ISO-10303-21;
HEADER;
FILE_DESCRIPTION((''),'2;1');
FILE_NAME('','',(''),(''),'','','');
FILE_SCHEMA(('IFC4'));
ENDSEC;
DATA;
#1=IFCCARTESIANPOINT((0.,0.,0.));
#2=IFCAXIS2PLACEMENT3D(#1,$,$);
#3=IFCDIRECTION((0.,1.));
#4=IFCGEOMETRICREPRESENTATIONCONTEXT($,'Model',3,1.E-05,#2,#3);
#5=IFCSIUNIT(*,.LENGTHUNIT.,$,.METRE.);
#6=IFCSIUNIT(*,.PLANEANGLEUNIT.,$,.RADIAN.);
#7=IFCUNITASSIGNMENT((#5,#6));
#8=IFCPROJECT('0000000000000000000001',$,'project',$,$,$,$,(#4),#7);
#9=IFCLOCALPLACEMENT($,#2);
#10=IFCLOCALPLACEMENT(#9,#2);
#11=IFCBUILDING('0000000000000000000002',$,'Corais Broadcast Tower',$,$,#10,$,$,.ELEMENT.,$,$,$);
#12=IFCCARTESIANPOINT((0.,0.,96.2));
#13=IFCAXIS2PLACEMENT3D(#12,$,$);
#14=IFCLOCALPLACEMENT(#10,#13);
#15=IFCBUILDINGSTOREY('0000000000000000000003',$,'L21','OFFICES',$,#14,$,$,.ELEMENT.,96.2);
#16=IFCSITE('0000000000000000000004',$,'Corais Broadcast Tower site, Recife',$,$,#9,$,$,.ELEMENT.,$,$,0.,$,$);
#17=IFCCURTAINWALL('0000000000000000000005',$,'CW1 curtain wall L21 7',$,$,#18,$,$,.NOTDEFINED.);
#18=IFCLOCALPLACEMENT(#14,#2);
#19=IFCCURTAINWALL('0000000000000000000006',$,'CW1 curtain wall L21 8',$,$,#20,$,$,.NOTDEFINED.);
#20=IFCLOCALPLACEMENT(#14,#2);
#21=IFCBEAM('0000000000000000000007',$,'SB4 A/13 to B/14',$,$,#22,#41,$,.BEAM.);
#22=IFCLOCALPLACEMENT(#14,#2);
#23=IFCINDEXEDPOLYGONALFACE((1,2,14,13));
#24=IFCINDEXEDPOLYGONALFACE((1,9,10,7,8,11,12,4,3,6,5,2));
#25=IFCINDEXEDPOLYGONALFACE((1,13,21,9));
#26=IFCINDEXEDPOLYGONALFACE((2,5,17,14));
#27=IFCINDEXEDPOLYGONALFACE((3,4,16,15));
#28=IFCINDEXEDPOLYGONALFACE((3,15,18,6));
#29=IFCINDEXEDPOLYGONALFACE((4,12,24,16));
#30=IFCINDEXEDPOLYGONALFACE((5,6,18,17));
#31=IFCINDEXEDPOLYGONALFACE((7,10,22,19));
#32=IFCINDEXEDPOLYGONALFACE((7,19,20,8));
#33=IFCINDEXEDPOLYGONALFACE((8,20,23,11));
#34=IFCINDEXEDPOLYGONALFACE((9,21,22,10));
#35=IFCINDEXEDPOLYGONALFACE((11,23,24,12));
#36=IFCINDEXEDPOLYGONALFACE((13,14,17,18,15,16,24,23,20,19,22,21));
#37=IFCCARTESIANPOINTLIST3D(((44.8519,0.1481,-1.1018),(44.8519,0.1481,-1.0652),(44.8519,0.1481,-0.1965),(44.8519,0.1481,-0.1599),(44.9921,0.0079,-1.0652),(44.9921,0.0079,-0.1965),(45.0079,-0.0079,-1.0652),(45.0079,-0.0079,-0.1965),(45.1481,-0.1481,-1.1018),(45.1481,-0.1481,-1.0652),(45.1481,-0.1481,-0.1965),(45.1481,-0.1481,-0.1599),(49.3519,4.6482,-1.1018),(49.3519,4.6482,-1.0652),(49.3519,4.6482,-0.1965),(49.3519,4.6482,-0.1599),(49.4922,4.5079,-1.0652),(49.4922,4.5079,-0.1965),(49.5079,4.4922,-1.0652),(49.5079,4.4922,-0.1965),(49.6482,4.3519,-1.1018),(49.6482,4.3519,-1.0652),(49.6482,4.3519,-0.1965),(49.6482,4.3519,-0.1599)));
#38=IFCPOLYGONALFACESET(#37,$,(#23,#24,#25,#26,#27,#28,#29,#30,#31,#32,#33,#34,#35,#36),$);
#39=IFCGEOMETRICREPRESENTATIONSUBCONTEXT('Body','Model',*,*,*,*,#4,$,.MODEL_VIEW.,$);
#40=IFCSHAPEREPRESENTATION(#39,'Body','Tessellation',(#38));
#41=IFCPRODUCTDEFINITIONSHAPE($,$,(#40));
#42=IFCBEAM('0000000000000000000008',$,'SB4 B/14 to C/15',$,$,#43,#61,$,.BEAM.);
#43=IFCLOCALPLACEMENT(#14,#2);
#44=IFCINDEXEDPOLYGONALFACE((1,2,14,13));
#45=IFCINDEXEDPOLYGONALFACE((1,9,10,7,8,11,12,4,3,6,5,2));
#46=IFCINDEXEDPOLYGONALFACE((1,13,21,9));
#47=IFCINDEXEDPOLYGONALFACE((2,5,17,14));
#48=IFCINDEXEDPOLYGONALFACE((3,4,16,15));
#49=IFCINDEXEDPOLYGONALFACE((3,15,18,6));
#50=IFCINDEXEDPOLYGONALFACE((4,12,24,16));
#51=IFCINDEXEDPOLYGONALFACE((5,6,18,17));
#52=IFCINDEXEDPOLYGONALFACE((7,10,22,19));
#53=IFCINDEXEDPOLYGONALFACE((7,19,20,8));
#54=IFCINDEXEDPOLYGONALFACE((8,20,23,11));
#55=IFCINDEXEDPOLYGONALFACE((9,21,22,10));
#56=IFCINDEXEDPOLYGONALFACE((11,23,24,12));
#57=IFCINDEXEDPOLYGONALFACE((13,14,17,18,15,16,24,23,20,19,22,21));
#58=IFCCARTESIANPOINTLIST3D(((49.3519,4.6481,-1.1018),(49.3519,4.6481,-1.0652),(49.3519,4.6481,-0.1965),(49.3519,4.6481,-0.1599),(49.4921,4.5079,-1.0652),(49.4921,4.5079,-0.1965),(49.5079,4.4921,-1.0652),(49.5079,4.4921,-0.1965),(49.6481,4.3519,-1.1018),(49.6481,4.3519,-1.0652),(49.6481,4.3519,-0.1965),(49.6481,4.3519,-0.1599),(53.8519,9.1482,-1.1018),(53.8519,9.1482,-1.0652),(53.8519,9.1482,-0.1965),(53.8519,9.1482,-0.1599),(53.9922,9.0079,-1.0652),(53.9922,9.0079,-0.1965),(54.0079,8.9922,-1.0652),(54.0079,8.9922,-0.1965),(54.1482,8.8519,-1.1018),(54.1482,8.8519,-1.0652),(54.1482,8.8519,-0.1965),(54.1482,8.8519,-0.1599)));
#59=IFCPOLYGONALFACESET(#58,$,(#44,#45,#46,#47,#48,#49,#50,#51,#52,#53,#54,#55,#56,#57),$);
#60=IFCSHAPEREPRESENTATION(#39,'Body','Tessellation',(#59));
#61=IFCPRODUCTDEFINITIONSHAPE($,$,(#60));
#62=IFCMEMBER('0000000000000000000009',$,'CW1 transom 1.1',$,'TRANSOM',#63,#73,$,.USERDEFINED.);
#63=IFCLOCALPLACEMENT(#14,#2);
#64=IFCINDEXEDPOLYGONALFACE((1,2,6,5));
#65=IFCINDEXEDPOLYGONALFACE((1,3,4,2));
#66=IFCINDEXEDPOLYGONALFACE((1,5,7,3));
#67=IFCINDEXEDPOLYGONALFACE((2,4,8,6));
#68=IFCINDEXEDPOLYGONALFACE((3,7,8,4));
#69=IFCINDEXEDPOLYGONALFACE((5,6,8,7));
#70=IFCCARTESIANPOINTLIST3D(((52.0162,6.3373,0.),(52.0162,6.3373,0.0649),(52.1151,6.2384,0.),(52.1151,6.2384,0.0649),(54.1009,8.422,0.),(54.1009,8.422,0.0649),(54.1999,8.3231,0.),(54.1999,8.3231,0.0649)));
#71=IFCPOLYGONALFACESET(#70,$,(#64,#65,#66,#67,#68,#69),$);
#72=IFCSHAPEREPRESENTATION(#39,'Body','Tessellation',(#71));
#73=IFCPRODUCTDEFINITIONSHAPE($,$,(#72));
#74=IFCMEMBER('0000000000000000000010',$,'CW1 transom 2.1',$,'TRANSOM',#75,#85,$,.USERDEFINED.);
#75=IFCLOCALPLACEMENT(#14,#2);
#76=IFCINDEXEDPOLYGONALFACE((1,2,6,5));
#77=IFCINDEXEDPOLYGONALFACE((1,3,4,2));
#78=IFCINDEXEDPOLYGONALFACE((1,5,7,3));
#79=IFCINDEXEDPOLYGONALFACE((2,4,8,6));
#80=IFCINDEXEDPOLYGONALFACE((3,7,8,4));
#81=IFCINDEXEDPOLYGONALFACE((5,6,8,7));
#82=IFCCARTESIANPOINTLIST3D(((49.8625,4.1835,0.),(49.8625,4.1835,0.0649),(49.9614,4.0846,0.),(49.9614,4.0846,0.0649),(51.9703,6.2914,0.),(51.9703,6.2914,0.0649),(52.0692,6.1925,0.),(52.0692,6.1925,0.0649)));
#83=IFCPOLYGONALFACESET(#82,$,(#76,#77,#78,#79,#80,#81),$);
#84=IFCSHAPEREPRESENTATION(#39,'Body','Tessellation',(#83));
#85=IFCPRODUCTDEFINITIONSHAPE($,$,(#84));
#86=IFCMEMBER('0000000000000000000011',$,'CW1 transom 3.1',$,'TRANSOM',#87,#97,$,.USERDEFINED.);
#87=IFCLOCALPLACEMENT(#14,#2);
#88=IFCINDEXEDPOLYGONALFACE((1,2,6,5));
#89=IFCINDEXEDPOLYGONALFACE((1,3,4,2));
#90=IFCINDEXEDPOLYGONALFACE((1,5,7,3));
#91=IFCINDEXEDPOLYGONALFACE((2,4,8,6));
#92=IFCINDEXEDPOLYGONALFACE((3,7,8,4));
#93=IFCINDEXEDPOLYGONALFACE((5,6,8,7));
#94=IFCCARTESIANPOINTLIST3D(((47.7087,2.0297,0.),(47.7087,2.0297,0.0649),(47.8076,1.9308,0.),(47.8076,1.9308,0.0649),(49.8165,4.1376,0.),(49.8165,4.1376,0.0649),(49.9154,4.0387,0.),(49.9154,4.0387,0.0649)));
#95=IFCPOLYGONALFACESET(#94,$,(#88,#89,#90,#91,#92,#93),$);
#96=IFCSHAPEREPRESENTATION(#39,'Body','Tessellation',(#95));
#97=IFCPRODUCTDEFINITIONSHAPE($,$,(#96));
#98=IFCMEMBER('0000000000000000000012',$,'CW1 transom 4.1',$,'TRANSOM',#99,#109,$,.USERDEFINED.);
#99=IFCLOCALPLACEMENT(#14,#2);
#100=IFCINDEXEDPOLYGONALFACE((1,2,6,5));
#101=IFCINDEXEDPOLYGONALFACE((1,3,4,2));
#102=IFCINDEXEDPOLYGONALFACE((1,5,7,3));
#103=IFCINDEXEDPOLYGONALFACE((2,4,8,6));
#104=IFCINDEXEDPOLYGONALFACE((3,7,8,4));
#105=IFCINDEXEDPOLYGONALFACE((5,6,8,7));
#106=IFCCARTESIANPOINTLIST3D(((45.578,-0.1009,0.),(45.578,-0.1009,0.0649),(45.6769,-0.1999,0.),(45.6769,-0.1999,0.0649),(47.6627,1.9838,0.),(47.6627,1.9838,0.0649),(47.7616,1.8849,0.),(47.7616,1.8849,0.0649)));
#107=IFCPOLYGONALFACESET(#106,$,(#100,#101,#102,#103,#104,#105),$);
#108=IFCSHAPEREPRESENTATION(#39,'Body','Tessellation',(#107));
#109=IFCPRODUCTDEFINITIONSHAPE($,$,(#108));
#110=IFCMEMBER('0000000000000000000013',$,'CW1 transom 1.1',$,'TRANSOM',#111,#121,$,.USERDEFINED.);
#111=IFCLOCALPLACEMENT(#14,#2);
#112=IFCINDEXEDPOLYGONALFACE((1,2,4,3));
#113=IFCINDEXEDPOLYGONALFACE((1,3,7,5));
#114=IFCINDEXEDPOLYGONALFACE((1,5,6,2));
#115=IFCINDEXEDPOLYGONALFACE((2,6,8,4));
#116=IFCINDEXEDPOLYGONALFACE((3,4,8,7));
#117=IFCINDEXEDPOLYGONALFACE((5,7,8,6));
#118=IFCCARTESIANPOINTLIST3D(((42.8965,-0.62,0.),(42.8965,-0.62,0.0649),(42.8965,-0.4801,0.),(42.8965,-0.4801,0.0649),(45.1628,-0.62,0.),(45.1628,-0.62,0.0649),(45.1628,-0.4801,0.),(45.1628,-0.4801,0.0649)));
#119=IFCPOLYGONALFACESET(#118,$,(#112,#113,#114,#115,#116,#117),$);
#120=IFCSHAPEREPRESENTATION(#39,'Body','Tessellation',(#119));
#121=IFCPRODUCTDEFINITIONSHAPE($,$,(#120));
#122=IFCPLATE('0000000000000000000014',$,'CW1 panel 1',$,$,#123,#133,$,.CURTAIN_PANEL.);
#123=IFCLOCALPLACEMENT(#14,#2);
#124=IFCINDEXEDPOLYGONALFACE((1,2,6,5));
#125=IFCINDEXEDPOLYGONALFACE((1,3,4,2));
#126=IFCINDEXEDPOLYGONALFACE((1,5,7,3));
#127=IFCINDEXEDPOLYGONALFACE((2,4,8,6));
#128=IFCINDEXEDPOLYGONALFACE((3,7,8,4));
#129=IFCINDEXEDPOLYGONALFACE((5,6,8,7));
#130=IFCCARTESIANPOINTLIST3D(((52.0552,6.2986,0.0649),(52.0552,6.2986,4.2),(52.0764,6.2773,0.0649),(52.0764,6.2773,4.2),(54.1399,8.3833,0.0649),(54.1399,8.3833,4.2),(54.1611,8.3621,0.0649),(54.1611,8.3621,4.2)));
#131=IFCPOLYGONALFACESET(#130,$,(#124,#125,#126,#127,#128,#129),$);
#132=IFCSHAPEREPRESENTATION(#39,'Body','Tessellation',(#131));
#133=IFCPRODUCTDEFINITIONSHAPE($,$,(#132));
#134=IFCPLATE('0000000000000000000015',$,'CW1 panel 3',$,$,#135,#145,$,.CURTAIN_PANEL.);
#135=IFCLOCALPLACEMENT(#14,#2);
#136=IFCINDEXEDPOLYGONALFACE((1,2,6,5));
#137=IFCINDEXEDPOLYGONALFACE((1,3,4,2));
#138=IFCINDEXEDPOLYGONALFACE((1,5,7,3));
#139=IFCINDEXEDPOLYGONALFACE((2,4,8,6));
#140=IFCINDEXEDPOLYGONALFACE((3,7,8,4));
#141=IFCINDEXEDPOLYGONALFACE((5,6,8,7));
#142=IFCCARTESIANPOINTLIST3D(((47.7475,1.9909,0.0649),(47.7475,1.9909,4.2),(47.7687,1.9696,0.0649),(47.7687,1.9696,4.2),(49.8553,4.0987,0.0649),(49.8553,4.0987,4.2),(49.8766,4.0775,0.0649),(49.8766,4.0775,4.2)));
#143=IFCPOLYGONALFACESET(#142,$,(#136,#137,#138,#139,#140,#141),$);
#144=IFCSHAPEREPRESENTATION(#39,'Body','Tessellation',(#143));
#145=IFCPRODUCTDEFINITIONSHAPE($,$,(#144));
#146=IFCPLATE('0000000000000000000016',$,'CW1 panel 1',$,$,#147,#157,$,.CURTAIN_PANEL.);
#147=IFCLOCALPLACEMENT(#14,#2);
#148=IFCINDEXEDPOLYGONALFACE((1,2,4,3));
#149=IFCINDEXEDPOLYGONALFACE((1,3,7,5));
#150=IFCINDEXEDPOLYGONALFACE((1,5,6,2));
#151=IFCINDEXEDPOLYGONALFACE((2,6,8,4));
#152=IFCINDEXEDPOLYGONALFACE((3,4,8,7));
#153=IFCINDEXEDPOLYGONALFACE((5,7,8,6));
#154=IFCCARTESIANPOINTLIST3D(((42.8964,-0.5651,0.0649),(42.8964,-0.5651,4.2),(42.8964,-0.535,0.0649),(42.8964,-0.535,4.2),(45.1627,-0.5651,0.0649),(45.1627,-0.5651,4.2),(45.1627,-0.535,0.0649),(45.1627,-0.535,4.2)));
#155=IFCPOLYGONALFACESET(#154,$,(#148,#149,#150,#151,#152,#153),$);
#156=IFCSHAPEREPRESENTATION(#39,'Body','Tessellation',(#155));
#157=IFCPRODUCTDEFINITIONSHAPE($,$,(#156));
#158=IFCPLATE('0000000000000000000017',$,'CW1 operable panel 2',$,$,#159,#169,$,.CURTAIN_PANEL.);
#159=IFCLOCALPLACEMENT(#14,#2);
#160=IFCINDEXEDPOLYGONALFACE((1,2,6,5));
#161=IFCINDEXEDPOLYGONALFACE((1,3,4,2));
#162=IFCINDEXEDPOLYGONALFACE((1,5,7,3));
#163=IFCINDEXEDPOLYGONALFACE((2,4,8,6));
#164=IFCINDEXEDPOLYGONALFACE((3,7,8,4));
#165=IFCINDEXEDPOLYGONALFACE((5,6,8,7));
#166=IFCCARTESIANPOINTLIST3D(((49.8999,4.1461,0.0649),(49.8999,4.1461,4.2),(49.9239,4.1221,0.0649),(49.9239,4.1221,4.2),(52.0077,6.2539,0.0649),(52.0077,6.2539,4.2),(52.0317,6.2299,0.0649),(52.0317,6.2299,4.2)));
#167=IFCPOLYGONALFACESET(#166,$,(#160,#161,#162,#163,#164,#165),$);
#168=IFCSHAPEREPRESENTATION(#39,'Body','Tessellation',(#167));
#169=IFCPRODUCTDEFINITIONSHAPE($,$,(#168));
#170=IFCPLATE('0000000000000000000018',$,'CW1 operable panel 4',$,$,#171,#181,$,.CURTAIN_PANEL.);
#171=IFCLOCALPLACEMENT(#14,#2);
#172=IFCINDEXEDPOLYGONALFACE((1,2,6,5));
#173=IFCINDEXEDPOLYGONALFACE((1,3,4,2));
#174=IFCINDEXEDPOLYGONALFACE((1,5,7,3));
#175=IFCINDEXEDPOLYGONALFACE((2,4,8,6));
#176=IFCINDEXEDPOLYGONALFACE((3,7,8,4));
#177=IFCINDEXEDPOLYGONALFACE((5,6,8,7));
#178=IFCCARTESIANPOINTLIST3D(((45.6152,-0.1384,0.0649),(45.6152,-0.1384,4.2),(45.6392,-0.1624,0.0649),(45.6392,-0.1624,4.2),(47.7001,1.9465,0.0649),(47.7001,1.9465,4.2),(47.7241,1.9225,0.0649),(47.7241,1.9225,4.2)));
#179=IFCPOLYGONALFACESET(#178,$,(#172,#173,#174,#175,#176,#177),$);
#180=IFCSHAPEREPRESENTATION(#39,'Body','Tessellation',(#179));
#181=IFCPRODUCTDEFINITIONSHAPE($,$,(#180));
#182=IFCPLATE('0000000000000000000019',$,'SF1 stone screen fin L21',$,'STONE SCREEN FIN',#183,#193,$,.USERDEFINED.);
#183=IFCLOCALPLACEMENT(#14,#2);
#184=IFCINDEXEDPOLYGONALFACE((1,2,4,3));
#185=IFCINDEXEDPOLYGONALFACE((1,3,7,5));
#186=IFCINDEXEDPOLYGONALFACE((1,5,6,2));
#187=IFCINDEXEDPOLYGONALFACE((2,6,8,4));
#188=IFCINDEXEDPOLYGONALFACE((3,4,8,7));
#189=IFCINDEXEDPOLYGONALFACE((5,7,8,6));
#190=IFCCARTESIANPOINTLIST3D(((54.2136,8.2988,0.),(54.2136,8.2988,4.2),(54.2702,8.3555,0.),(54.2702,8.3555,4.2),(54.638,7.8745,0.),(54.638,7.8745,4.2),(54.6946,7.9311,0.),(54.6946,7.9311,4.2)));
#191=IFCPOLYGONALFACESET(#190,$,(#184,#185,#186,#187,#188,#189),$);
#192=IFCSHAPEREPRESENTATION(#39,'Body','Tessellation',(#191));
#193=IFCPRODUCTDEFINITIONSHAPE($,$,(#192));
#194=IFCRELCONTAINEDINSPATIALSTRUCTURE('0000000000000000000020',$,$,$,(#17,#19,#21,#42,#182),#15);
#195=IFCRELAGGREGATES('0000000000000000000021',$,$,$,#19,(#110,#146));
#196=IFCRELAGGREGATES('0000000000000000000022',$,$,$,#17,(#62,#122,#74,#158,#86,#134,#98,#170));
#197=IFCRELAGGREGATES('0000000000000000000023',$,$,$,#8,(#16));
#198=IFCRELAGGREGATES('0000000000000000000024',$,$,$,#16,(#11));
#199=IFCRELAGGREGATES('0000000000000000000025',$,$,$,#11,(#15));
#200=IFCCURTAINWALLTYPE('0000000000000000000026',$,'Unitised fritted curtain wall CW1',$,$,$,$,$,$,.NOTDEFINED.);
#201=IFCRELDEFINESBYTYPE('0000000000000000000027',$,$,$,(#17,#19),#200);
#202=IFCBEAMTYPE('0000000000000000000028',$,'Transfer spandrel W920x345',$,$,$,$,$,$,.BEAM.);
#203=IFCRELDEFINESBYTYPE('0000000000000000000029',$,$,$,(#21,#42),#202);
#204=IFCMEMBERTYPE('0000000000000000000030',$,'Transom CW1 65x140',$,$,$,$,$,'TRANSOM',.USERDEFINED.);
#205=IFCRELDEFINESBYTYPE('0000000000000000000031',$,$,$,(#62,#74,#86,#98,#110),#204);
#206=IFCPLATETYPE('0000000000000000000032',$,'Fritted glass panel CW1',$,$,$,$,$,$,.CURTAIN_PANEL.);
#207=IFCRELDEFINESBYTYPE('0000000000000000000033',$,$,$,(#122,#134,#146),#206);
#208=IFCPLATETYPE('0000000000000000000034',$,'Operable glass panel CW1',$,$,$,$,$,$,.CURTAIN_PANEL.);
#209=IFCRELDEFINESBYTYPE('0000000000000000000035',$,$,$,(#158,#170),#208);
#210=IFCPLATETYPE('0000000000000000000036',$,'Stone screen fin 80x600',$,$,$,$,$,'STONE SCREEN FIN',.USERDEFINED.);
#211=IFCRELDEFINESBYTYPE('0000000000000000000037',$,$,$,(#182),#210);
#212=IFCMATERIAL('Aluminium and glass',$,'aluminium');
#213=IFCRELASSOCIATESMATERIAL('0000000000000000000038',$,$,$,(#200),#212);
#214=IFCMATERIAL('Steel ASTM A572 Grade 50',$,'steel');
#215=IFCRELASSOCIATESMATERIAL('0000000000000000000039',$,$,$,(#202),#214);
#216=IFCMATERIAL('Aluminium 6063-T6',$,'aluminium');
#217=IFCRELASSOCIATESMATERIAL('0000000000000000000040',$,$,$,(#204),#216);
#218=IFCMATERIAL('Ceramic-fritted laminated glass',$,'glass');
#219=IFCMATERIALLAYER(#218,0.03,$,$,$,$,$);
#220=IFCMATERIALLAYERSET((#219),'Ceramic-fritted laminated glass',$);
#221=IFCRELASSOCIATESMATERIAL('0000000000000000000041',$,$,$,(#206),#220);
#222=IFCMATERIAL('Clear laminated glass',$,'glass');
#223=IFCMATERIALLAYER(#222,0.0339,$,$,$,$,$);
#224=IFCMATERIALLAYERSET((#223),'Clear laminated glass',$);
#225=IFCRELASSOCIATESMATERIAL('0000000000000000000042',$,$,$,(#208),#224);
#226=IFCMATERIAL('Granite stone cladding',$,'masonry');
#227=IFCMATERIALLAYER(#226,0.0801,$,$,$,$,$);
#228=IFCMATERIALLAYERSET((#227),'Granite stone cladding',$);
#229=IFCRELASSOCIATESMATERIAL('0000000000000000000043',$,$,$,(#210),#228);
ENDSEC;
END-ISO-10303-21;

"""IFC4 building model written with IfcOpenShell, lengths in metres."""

from ifc_helpers import new_model, si_unit, direction, frame, origin, origin_2d, place, context, subcontext, project, spatial, rectangle, i_section, extrude, material, layer, layer_set, material_profile, profile_set, type_object, element, aggregate, save


model = new_model("IFC4")

# Units and contexts
model_context = context("Model", 3, precision=1e-05, world=origin(), true_north=direction((0.0, 1.0)))
body_context = subcontext(model_context, "Body", "Model", "MODEL_VIEW")
ifc_project = project(units=[si_unit("LENGTHUNIT", "METRE"), si_unit("PLANEANGLEUNIT", "RADIAN")], contexts=[model_context])

# Site, building, storey
site_placement = place(None, origin())
site = spatial("IfcSite", under=ifc_project, at=site_placement, Name="Corais Broadcast Tower site, Recife", CompositionType="ELEMENT", RefElevation=0.0)
building_placement = place(site_placement, origin())
building = spatial("IfcBuilding", under=site, at=building_placement, Name="Corais Broadcast Tower", CompositionType="ELEMENT")
storey_placement = place(building_placement, frame((0.0, 0.0, 96.2)))
storey = spatial("IfcBuildingStorey", under=building, at=storey_placement, Name="L21", Description="OFFICES", CompositionType="ELEMENT", Elevation=96.2)

# Shared definitions
ifc_material_1 = material(Name="Aluminium and glass", Category="aluminium")
curtain_wall_type = type_object("IfcCurtainWallType", Name="Unitised fritted curtain wall CW1", PredefinedType="NOTDEFINED", material=ifc_material_1)

# Curtain wall
curtain_wall_1_placement = place(storey_placement, origin())
curtain_wall_1 = element("IfcCurtainWall", 1, at=curtain_wall_1_placement, inside=storey, type_object=curtain_wall_type, Name="CW1 curtain wall L21 7", PredefinedType="NOTDEFINED")

# Curtain wall
curtain_wall_2_placement = place(storey_placement, origin())
curtain_wall_2 = element("IfcCurtainWall", 2, at=curtain_wall_2_placement, inside=storey, type_object=curtain_wall_type, Name="CW1 curtain wall L21 8", PredefinedType="NOTDEFINED")

# Beams
ifc_material_2 = material(Name="Steel ASTM A572 Grade 50", Category="steel")
ifc_material_profile_1 = material_profile(ifc_material_2, i_section(OverallWidth=0.4189, OverallDepth=0.9419, WebThickness=0.0222, FlangeThickness=0.0366, at=origin_2d()), Name="W920x345")
ifc_profile_set_1 = profile_set([ifc_material_profile_1], Name="Steel ASTM A572 Grade 50")
beam_type_1 = type_object("IfcBeamType", Name="Transfer spandrel W920x345", PredefinedType="BEAM", material=ifc_profile_set_1)
for number, where, z_axis, x_axis, name in (
    (3, (45.0, 0.0, -0.6309), (0.707107, 0.707107, 0.0), (-0.707107, 0.707107, 0.0), "SB4 A/13 to B/14"),
    (4, (49.5, 4.5, -0.6309), (0.707107, 0.707107, 0.0), (-0.707107, 0.707107, 0.0), "SB4 B/14 to C/15"),
):
    element("IfcBeam", number, at=place(storey_placement, frame(where, z_axis=z_axis, x_axis=x_axis)), inside=storey, type_object=beam_type_1, Name=name, PredefinedType="BEAM", context=body_context, shape_type="SweptSolid", body=[
        extrude(i_section(OverallWidth=0.4189, OverallDepth=0.9419, WebThickness=0.0222, FlangeThickness=0.0366, at=origin_2d()), origin(), (0.0, 0.0, 1.0), 6.364),
    ])

# Members
ifc_material_3 = material(Name="Aluminium 6063-T6", Category="aluminium")
ifc_material_profile_2 = material_profile(ifc_material_3, rectangle(XDim=0.1399, YDim=0.0649, at=origin_2d()), Name="Transom CW1 65x140")
ifc_profile_set_2 = profile_set([ifc_material_profile_2], Name="Aluminium 6063-T6")
member_type_1 = type_object("IfcMemberType", Name="Transom CW1 65x140", ElementType="TRANSOM", PredefinedType="USERDEFINED", material=ifc_profile_set_2)
member_1_placement = place(storey_placement, frame((54.1504, 8.3726, 0.0325), z_axis=(-0.707107, -0.707107, 0.0), x_axis=(0.707107, -0.707107, 0.0)))
member_1 = element("IfcMember", 5, at=member_1_placement, type_object=member_type_1, Name="CW1 transom 1.1", ObjectType="TRANSOM", PredefinedType="USERDEFINED", context=body_context, shape_type="SweptSolid", body=[
    extrude(rectangle(XDim=0.1399, YDim=0.0649, at=origin_2d()), origin(), (0.0, 0.0, 1.0), 2.9482),
])
member_2_placement = place(storey_placement, frame((52.0198, 6.2419, 0.0325), z_axis=(-0.707107, -0.707107, 0.0), x_axis=(0.707107, -0.707107, 0.0)))
member_2 = element("IfcMember", 6, at=member_2_placement, type_object=member_type_1, Name="CW1 transom 2.1", ObjectType="TRANSOM", PredefinedType="USERDEFINED", context=body_context, shape_type="SweptSolid", body=[
    extrude(rectangle(XDim=0.1399, YDim=0.0649, at=origin_2d()), origin(), (0.0, 0.0, 1.0), 2.981),
])
member_3_placement = place(storey_placement, frame((49.866, 4.0881, 0.0325), z_axis=(-0.707107, -0.707107, 0.0), x_axis=(0.707107, -0.707107, 0.0)))
member_3 = element("IfcMember", 7, at=member_3_placement, type_object=member_type_1, Name="CW1 transom 3.1", ObjectType="TRANSOM", PredefinedType="USERDEFINED", context=body_context, shape_type="SweptSolid", body=[
    extrude(rectangle(XDim=0.1399, YDim=0.0649, at=origin_2d()), origin(), (0.0, 0.0, 1.0), 2.981),
])
member_4_placement = place(storey_placement, frame((47.7122, 1.9343, 0.0325), z_axis=(-0.707107, -0.707107, 0.0), x_axis=(0.707107, -0.707107, 0.0)))
member_4 = element("IfcMember", 8, at=member_4_placement, type_object=member_type_1, Name="CW1 transom 4.1", ObjectType="TRANSOM", PredefinedType="USERDEFINED", context=body_context, shape_type="SweptSolid", body=[
    extrude(rectangle(XDim=0.1399, YDim=0.0649, at=origin_2d()), origin(), (0.0, 0.0, 1.0), 2.9482),
])
member_5_placement = place(storey_placement, frame((45.1628, -0.55, 0.0325), z_axis=(-1.0, 0.0, 0.0), x_axis=(0.0, -1.0, 0.0)))
member_5 = element("IfcMember", 9, at=member_5_placement, type_object=member_type_1, Name="CW1 transom 1.1", ObjectType="TRANSOM", PredefinedType="USERDEFINED", context=body_context, shape_type="SweptSolid", body=[
    extrude(rectangle(XDim=0.1399, YDim=0.0649, at=origin_2d()), origin(), (0.0, 0.0, 1.0), 2.2664),
])

# Plates
ifc_material_4 = material(Name="Ceramic-fritted laminated glass", Category="glass")
ifc_layer_1 = layer(ifc_material_4, 0.03)
ifc_layer_set_1 = layer_set([ifc_layer_1], Name="Ceramic-fritted laminated glass")
plate_type_1 = type_object("IfcPlateType", Name="Fritted glass panel CW1", PredefinedType="CURTAIN_PANEL", material=ifc_layer_set_1)
plate_1_placement = place(storey_placement, frame((53.1082, 7.3303, 0.0649), z_axis=(0.0, 0.0, 1.0), x_axis=(-0.707107, -0.707107, 0.0)))
plate_1 = element("IfcPlate", 10, at=plate_1_placement, type_object=plate_type_1, Name="CW1 panel 1", PredefinedType="CURTAIN_PANEL", context=body_context, shape_type="SweptSolid", body=[
    extrude(rectangle(XDim=2.9482, YDim=0.03, at=origin_2d()), origin(), (0.0, 0.0, 1.0), 4.135),
])
plate_2_placement = place(storey_placement, frame((48.812, 3.0342, 0.0649), z_axis=(0.0, 0.0, 1.0), x_axis=(-0.707107, -0.707107, 0.0)))
plate_2 = element("IfcPlate", 11, at=plate_2_placement, type_object=plate_type_1, Name="CW1 panel 3", PredefinedType="CURTAIN_PANEL", context=body_context, shape_type="SweptSolid", body=[
    extrude(rectangle(XDim=2.981, YDim=0.03, at=origin_2d()), origin(), (0.0, 0.0, 1.0), 4.135),
])
plate_3_placement = place(storey_placement, frame((44.0295, -0.55, 0.0649), z_axis=(0.0, 0.0, 1.0), x_axis=(-1.0, 0.0, 0.0)))
plate_3 = element("IfcPlate", 12, at=plate_3_placement, type_object=plate_type_1, Name="CW1 panel 1", PredefinedType="CURTAIN_PANEL", context=body_context, shape_type="SweptSolid", body=[
    extrude(rectangle(XDim=2.2664, YDim=0.03, at=origin_2d()), origin(), (0.0, 0.0, 1.0), 4.135),
])
aggregate(curtain_wall_2, [member_5, plate_3])
ifc_material_5 = material(Name="Clear laminated glass", Category="glass")
ifc_layer_2 = layer(ifc_material_5, 0.0339)
ifc_layer_set_2 = layer_set([ifc_layer_2], Name="Clear laminated glass")
plate_type_2 = type_object("IfcPlateType", Name="Operable glass panel CW1", PredefinedType="CURTAIN_PANEL", material=ifc_layer_set_2)
plate_4_placement = place(storey_placement, frame((50.9658, 5.188, 0.0649), z_axis=(0.0, 0.0, 1.0), x_axis=(-0.707107, -0.707107, 0.0)))
plate_4 = element("IfcPlate", 13, at=plate_4_placement, type_object=plate_type_2, Name="CW1 operable panel 2", PredefinedType="CURTAIN_PANEL", context=body_context, shape_type="SweptSolid", body=[
    extrude(rectangle(XDim=2.981, YDim=0.0339, at=origin_2d()), origin(), (0.0, 0.0, 1.0), 4.135),
])
plate_5_placement = place(storey_placement, frame((46.6697, 0.8921, 0.0649), z_axis=(0.0, 0.0, 1.0), x_axis=(-0.707107, -0.707107, 0.0)))
plate_5 = element("IfcPlate", 14, at=plate_5_placement, type_object=plate_type_2, Name="CW1 operable panel 4", PredefinedType="CURTAIN_PANEL", context=body_context, shape_type="SweptSolid", body=[
    extrude(rectangle(XDim=2.9485, YDim=0.0339, at=origin_2d()), origin(), (0.0, 0.0, 1.0), 4.135),
])
aggregate(curtain_wall_1, [member_1, plate_1, member_2, plate_4, member_3, plate_2, member_4, plate_5])

# Plate
ifc_material_6 = material(Name="Granite stone cladding", Category="masonry")
ifc_layer_3 = layer(ifc_material_6, 0.0801)
ifc_layer_set_3 = layer_set([ifc_layer_3], Name="Granite stone cladding")
plate_type_3 = type_object("IfcPlateType", Name="Stone screen fin 80x600", ElementType="STONE SCREEN FIN", PredefinedType="USERDEFINED", material=ifc_layer_set_3)
for number, where, z_axis, x_axis, name in (
    (15, (54.4541, 8.115, 0.0), (0.0, 0.0, 1.0), (-0.707107, -0.707107, 0.0), "SF1 stone screen fin L21"),
):
    element("IfcPlate", number, at=place(storey_placement, frame(where, z_axis=z_axis, x_axis=x_axis)), inside=storey, type_object=plate_type_3, Name=name, ObjectType="STONE SCREEN FIN", PredefinedType="USERDEFINED", context=body_context, shape_type="SweptSolid", body=[
        extrude(rectangle(XDim=0.0801, YDim=0.6001, at=origin_2d()), origin(), (0.0, 0.0, 1.0), 4.2),
    ])

save(model, "model.ifc")
